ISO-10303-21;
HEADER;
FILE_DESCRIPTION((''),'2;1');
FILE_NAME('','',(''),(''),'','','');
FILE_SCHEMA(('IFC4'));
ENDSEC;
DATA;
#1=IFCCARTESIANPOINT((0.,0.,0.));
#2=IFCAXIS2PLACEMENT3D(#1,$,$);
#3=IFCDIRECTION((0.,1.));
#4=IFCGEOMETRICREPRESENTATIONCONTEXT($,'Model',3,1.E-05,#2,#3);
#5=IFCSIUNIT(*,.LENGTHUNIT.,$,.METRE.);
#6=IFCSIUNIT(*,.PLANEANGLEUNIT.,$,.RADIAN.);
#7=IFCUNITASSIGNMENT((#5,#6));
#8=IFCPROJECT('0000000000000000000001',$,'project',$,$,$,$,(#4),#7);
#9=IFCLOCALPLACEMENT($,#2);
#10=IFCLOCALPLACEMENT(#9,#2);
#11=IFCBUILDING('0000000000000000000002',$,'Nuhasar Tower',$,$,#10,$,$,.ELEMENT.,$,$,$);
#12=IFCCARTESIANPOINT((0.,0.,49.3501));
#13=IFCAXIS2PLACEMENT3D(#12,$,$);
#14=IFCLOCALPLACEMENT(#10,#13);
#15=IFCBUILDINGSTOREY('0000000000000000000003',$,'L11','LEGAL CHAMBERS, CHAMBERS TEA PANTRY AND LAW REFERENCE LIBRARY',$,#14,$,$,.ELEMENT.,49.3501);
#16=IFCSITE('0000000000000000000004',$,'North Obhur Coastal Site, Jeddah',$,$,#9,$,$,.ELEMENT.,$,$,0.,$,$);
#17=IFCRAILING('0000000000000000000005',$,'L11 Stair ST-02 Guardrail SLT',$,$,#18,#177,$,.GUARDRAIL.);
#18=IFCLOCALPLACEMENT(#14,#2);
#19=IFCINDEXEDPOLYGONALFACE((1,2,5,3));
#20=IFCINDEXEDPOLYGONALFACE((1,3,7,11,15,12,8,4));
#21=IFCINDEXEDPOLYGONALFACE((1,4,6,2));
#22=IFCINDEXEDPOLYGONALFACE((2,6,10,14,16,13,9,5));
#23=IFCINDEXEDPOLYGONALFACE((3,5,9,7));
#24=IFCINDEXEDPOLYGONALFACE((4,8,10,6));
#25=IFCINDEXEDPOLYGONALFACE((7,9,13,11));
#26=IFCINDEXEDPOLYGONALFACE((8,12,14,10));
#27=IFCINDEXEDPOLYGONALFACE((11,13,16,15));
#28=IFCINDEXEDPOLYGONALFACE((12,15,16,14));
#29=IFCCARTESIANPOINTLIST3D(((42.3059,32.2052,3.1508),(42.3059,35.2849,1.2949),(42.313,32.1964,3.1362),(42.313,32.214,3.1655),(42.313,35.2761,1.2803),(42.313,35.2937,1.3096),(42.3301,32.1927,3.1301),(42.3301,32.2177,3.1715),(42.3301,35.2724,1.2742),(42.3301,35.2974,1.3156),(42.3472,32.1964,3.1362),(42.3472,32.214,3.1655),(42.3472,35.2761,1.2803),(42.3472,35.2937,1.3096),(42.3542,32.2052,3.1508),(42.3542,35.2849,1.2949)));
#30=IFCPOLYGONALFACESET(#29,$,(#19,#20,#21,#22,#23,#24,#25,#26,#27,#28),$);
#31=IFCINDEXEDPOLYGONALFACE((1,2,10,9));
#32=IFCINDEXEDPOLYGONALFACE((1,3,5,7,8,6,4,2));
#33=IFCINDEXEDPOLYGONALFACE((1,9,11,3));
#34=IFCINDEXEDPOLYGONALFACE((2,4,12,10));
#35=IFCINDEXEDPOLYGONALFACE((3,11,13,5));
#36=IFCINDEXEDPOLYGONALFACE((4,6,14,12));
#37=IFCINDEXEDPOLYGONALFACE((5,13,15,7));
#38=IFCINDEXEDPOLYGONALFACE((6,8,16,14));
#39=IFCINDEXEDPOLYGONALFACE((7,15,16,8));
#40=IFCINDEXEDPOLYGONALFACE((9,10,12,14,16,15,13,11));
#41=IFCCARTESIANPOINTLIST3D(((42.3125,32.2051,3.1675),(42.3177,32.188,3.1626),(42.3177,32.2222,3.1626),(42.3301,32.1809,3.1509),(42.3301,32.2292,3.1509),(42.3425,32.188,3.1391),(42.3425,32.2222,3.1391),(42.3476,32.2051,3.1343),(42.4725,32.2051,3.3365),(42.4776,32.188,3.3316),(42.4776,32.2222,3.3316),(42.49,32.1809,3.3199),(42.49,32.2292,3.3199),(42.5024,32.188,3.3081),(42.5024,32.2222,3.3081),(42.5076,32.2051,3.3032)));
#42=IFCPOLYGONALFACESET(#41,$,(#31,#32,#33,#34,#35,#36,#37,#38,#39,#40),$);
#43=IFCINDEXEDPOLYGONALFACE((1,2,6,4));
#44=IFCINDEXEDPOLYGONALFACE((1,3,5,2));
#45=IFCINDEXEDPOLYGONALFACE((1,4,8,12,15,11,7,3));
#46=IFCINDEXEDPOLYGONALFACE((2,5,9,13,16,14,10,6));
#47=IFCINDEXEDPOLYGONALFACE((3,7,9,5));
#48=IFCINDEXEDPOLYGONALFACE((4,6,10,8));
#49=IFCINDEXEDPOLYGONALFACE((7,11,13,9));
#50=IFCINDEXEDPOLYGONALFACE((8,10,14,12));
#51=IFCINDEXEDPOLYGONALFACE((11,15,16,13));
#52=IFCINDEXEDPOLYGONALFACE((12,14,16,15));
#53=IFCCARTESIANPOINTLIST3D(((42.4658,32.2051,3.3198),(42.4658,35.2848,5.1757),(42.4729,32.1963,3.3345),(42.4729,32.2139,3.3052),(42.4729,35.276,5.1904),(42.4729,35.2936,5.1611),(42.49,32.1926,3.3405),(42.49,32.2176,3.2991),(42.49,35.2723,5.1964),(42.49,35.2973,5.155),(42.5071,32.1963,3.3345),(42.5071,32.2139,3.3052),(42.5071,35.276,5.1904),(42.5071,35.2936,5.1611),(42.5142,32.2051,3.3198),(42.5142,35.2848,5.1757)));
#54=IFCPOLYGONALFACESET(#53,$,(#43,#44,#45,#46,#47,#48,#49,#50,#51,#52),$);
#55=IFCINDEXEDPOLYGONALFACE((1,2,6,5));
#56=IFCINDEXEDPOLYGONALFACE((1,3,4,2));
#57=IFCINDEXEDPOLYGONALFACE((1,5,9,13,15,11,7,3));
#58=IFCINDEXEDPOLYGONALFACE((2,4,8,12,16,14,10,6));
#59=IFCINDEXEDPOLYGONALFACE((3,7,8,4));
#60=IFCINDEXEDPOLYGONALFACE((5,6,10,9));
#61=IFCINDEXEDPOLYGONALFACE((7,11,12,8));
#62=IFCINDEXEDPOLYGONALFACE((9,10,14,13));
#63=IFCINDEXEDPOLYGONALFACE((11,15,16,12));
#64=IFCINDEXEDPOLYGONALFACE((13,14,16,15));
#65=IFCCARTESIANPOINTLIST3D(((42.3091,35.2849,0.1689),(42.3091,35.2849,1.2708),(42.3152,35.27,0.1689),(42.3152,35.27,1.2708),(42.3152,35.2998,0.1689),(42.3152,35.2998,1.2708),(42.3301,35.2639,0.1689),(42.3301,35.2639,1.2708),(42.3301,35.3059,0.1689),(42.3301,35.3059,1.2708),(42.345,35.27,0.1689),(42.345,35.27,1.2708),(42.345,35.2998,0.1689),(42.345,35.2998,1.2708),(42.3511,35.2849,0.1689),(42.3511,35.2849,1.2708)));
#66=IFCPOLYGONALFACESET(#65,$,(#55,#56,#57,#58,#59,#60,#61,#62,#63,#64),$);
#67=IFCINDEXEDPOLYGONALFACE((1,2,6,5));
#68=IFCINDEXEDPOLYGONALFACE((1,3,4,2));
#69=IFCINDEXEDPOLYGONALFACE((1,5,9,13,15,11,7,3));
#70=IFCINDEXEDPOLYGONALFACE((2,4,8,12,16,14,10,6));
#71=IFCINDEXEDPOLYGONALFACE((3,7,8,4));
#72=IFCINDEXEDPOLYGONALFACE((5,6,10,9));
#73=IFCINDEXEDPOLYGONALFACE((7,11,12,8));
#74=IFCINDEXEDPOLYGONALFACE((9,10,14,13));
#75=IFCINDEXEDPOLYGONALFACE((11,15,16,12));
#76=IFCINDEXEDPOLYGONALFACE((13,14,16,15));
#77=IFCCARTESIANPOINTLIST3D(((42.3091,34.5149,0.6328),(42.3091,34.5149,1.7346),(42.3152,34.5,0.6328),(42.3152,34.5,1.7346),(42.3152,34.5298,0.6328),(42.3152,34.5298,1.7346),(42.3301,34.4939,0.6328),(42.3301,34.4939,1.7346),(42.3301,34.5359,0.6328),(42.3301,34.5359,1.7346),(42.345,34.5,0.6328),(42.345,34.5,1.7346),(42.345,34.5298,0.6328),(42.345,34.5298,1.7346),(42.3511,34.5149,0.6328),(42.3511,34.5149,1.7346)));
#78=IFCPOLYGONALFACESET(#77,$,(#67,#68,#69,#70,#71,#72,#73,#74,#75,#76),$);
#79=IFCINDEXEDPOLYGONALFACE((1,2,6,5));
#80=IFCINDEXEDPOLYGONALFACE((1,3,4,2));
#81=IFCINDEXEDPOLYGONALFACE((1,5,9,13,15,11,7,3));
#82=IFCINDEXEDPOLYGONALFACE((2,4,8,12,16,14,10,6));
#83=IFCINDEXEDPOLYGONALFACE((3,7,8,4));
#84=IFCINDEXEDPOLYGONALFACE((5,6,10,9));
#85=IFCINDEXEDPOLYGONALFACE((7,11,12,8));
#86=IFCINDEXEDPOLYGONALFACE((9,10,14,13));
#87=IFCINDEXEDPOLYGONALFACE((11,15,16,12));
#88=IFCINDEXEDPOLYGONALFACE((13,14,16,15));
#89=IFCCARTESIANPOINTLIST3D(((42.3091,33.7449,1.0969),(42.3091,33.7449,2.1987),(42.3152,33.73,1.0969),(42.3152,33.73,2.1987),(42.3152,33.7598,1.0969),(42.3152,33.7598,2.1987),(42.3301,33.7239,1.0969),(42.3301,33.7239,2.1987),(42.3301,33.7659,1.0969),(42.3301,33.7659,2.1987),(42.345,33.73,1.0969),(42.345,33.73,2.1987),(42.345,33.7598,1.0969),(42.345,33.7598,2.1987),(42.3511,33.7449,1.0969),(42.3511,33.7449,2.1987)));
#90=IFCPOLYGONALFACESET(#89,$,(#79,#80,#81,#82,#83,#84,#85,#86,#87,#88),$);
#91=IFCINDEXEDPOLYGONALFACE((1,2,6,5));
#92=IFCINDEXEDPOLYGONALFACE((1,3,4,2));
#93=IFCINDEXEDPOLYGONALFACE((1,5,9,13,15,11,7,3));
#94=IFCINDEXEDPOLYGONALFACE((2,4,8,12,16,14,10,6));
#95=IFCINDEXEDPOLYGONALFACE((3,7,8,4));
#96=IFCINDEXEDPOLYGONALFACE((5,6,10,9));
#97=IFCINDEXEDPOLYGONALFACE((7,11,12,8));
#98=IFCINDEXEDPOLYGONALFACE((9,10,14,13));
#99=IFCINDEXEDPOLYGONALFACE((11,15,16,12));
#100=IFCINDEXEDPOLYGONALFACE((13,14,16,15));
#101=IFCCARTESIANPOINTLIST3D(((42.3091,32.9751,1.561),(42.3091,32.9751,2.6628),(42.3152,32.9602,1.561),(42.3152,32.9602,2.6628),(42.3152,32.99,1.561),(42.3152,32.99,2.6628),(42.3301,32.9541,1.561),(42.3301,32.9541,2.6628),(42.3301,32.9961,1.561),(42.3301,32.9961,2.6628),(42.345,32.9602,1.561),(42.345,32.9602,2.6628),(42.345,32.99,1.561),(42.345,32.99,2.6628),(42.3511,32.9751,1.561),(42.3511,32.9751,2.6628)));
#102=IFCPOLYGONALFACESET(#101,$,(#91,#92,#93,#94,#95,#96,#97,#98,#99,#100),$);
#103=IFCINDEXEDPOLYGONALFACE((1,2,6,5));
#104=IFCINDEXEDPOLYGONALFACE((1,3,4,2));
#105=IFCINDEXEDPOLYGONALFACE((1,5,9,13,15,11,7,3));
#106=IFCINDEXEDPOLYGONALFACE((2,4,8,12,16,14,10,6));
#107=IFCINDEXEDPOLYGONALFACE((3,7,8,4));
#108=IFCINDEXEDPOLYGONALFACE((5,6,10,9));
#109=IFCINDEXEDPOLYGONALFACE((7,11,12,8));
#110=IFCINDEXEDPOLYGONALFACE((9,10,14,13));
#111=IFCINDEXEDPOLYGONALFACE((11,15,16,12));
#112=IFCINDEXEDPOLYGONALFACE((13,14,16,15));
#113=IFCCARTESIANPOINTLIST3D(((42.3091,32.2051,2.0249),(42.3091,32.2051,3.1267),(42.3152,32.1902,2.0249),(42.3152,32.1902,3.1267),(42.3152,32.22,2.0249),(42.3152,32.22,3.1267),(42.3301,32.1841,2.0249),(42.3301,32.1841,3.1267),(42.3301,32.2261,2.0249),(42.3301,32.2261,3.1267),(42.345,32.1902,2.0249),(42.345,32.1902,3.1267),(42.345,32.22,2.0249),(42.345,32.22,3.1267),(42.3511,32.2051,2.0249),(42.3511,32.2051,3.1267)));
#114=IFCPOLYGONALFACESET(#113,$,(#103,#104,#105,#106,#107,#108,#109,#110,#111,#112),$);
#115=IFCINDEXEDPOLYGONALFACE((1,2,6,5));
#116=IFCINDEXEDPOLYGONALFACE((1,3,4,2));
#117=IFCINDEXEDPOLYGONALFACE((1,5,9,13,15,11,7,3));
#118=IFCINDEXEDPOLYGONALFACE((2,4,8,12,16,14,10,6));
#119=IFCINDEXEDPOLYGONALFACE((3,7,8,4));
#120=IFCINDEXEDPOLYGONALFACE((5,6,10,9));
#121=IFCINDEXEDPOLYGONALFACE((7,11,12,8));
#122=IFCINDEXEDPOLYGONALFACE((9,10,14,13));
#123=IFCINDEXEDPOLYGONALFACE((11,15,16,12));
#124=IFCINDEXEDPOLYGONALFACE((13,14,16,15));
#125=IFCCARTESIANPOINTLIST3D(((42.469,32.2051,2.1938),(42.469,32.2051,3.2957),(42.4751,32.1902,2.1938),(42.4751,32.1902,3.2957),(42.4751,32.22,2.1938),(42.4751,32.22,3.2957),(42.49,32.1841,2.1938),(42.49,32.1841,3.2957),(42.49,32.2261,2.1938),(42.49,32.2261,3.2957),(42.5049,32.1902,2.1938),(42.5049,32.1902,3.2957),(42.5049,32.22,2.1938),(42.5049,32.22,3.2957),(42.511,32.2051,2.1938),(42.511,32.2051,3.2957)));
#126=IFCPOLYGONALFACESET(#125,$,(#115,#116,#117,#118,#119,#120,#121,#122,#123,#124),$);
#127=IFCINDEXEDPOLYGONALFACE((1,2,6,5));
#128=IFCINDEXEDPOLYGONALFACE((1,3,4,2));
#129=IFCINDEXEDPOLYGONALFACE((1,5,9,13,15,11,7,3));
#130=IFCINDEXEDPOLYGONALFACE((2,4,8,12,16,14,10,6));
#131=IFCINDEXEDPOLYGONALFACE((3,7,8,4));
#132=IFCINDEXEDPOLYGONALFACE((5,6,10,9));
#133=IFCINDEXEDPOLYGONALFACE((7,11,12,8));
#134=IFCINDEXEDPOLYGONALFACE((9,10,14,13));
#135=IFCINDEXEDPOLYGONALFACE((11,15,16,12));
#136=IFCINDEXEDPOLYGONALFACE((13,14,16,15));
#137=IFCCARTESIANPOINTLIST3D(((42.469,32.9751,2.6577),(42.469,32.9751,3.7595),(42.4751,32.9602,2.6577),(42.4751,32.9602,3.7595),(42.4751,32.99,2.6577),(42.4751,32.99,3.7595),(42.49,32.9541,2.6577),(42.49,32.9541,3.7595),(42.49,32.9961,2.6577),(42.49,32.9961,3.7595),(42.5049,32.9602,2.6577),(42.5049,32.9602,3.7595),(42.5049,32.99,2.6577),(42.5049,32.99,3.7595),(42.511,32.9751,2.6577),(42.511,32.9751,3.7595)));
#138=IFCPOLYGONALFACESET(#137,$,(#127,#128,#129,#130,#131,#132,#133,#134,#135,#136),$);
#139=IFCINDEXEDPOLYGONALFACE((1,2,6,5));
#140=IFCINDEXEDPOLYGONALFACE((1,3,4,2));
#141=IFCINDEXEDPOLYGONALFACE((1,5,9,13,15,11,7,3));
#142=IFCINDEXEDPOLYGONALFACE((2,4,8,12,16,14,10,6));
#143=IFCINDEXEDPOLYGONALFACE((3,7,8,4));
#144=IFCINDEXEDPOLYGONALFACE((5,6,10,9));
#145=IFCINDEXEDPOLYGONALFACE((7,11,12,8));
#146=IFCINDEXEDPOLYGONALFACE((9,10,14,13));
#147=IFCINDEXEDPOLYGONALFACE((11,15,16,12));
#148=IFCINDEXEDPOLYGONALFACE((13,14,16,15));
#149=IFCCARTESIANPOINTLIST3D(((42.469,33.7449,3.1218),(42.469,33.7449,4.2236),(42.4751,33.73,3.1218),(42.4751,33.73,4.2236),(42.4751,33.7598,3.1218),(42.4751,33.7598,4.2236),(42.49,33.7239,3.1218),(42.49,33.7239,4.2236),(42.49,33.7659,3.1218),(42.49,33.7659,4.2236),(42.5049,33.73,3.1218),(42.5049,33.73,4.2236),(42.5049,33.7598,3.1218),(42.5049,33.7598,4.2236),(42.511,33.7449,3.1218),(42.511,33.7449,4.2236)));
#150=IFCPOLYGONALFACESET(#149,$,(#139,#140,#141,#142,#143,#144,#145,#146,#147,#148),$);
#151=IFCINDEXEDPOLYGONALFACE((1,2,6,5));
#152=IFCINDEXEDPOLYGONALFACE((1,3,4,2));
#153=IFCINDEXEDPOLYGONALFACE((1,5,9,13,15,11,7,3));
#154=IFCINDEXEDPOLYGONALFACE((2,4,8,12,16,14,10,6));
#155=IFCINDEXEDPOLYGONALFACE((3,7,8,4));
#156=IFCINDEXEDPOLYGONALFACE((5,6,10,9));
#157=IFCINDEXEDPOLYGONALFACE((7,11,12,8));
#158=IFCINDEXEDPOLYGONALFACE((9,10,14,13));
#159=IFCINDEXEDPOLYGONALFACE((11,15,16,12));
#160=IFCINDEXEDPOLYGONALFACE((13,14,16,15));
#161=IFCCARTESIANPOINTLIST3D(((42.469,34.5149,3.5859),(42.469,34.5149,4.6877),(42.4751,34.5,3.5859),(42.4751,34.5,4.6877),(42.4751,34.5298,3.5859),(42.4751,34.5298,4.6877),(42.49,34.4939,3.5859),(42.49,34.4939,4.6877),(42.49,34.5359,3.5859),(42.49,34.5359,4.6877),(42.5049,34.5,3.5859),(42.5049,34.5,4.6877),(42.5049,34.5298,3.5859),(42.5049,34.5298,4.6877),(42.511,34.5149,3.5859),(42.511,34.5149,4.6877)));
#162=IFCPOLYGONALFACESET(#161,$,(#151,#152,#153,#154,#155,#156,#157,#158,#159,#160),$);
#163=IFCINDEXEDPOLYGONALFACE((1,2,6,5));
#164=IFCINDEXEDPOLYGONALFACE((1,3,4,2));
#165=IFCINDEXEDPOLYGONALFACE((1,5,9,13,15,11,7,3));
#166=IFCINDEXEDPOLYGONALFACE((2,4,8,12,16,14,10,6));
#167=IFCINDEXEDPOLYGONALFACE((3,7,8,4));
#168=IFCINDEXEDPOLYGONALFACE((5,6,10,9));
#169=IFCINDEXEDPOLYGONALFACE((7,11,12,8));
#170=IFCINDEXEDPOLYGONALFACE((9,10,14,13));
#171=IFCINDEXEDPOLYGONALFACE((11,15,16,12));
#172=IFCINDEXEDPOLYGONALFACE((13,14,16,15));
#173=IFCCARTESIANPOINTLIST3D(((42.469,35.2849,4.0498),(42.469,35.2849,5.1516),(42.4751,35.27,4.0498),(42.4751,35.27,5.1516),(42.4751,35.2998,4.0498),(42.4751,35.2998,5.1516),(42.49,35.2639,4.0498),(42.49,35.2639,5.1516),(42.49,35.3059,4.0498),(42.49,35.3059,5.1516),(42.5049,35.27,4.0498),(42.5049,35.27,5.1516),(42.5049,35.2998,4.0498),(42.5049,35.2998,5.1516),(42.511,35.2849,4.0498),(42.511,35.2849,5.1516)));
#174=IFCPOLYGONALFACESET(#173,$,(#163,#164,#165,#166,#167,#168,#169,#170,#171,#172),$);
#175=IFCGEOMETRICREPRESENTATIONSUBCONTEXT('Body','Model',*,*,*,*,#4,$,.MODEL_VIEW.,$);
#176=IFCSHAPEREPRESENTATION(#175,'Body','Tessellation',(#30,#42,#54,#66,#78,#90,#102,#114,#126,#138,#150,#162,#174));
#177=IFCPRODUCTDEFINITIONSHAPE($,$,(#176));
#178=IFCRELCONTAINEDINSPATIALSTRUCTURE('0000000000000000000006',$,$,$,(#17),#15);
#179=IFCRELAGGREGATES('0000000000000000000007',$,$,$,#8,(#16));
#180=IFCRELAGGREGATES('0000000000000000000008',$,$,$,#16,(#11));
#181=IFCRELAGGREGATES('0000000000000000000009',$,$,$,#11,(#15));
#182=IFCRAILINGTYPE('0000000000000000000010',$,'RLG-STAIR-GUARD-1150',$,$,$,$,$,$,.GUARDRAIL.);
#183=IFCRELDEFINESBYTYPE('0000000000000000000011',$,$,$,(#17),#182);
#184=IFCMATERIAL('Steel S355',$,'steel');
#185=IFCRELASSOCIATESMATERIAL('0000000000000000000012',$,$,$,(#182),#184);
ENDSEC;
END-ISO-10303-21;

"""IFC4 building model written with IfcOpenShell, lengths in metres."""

from ifc_helpers import new_model, si_unit, direction, frame, origin, place, context, subcontext, project, spatial, polyline, outline, extrude, material, type_object, element, save


model = new_model("IFC4")

# Units and contexts
model_context = context("Model", 3, precision=1e-05, world=origin(), true_north=direction((0.0, 1.0)))
body_context = subcontext(model_context, "Body", "Model", "MODEL_VIEW")
ifc_project = project(units=[si_unit("LENGTHUNIT", "METRE"), si_unit("PLANEANGLEUNIT", "RADIAN")], contexts=[model_context])

# Site, building, storey
site_placement = place(None, origin())
site = spatial("IfcSite", under=ifc_project, at=site_placement, Name="North Obhur Coastal Site, Jeddah", CompositionType="ELEMENT", RefElevation=0.0)
building_placement = place(site_placement, origin())
building = spatial("IfcBuilding", under=site, at=building_placement, Name="Nuhasar Tower", CompositionType="ELEMENT")
storey_placement = place(building_placement, frame((0.0, 0.0, 49.3501)))
storey = spatial("IfcBuildingStorey", under=building, at=storey_placement, Name="L11", Description="LEGAL CHAMBERS, CHAMBERS TEA PANTRY AND LAW REFERENCE LIBRARY", CompositionType="ELEMENT", Elevation=49.3501)

# Shared definitions
ifc_material_1 = material(Name="Steel S355", Category="steel")

# Railing
railing_type_1 = type_object("IfcRailingType", Name="RLG-STAIR-GUARD-1150", PredefinedType="GUARDRAIL", material=ifc_material_1)
railing_1_placement = place(storey_placement, frame((42.3301, 35.2849, 0.1689)))
element("IfcRailing", 1, at=railing_1_placement, inside=storey, type_object=railing_type_1, Name="L11 Stair ST-02 Guardrail SLT", PredefinedType="GUARDRAIL", context=body_context, shape_type="SweptSolid", body=[
    extrude(outline(polyline([(0.0242, 0.0), (0.0171, 0.0171), (0.0, 0.0242), (-0.0171, 0.0171), (-0.0242, 0.0), (-0.0171, -0.0171), (0.0, -0.0242), (0.0171, -0.0171), (0.0242, 0.0)])), frame((0.0, 0.0, 1.126), z_axis=(0.0, -0.856503, 0.516142), x_axis=(1.0, 0.0, 0.0)), (0.0, 0.0, 1.0), 3.5957),
    extrude(outline(polyline([(0.0242, 0.0), (0.0171, 0.0171), (0.0, 0.0242), (-0.0171, 0.0171), (-0.0242, 0.0), (-0.0171, -0.0171), (0.0, -0.0242), (0.0171, -0.0171), (0.0242, 0.0)])), frame((0.0, -3.0798, 2.9819), z_axis=(0.687424, 0.0, 0.726256), x_axis=(0.0, 1.0, 0.0)), (0.0, 0.0, 1.0), 0.2327),
    extrude(outline(polyline([(0.0242, 0.0), (0.0171, 0.0171), (0.0, 0.0242), (-0.0171, 0.0171), (-0.0242, 0.0), (-0.0171, -0.0171), (0.0, -0.0242), (0.0171, -0.0171), (0.0242, 0.0)])), frame((0.1599, -3.0798, 3.1509), z_axis=(0.0, 0.856503, 0.516142), x_axis=(-1.0, 0.0, 0.0)), (0.0, 0.0, 1.0), 3.5957),
    extrude(outline(polyline([(0.021, 0.0), (0.0149, 0.0149), (0.0, 0.021), (-0.0149, 0.0149), (-0.021, 0.0), (-0.0149, -0.0149), (0.0, -0.021), (0.0149, -0.0149), (0.021, 0.0)])), origin(), (0.0, 0.0, 1.0), 1.1018),
    extrude(outline(polyline([(0.021, 0.0), (0.0149, 0.0149), (0.0, 0.021), (-0.0149, 0.0149), (-0.021, 0.0), (-0.0149, -0.0149), (0.0, -0.021), (0.0149, -0.0149), (0.021, 0.0)])), frame((0.0, -0.77, 0.4639)), (0.0, 0.0, 1.0), 1.1018),
    extrude(outline(polyline([(0.021, 0.0), (0.0149, 0.0149), (0.0, 0.021), (-0.0149, 0.0149), (-0.021, 0.0), (-0.0149, -0.0149), (0.0, -0.021), (0.0149, -0.0149), (0.021, 0.0)])), frame((0.0, -1.54, 0.928)), (0.0, 0.0, 1.0), 1.1018),
    extrude(outline(polyline([(0.021, 0.0), (0.0149, 0.0149), (0.0, 0.021), (-0.0149, 0.0149), (-0.021, 0.0), (-0.0149, -0.0149), (0.0, -0.021), (0.0149, -0.0149), (0.021, 0.0)])), frame((0.0, -2.3098, 1.3921)), (0.0, 0.0, 1.0), 1.1018),
    extrude(outline(polyline([(0.021, 0.0), (0.0149, 0.0149), (0.0, 0.021), (-0.0149, 0.0149), (-0.021, 0.0), (-0.0149, -0.0149), (0.0, -0.021), (0.0149, -0.0149), (0.021, 0.0)])), frame((0.0, -3.0798, 1.856)), (0.0, 0.0, 1.0), 1.1018),
    extrude(outline(polyline([(0.021, 0.0), (0.0149, 0.0149), (0.0, 0.021), (-0.0149, 0.0149), (-0.021, 0.0), (-0.0149, -0.0149), (0.0, -0.021), (0.0149, -0.0149), (0.021, 0.0)])), frame((0.1599, -3.0798, 2.0249)), (0.0, 0.0, 1.0), 1.1018),
    extrude(outline(polyline([(0.021, 0.0), (0.0149, 0.0149), (0.0, 0.021), (-0.0149, 0.0149), (-0.021, 0.0), (-0.0149, -0.0149), (0.0, -0.021), (0.0149, -0.0149), (0.021, 0.0)])), frame((0.1599, -2.3098, 2.4888)), (0.0, 0.0, 1.0), 1.1018),
    extrude(outline(polyline([(0.021, 0.0), (0.0149, 0.0149), (0.0, 0.021), (-0.0149, 0.0149), (-0.021, 0.0), (-0.0149, -0.0149), (0.0, -0.021), (0.0149, -0.0149), (0.021, 0.0)])), frame((0.1599, -1.54, 2.9529)), (0.0, 0.0, 1.0), 1.1018),
    extrude(outline(polyline([(0.021, 0.0), (0.0149, 0.0149), (0.0, 0.021), (-0.0149, 0.0149), (-0.021, 0.0), (-0.0149, -0.0149), (0.0, -0.021), (0.0149, -0.0149), (0.021, 0.0)])), frame((0.1599, -0.77, 3.417)), (0.0, 0.0, 1.0), 1.1018),
    extrude(outline(polyline([(0.021, 0.0), (0.0149, 0.0149), (0.0, 0.021), (-0.0149, 0.0149), (-0.021, 0.0), (-0.0149, -0.0149), (0.0, -0.021), (0.0149, -0.0149), (0.021, 0.0)])), frame((0.1599, 0.0, 3.8809)), (0.0, 0.0, 1.0), 1.1018),
])

save(model, "model.ifc")
